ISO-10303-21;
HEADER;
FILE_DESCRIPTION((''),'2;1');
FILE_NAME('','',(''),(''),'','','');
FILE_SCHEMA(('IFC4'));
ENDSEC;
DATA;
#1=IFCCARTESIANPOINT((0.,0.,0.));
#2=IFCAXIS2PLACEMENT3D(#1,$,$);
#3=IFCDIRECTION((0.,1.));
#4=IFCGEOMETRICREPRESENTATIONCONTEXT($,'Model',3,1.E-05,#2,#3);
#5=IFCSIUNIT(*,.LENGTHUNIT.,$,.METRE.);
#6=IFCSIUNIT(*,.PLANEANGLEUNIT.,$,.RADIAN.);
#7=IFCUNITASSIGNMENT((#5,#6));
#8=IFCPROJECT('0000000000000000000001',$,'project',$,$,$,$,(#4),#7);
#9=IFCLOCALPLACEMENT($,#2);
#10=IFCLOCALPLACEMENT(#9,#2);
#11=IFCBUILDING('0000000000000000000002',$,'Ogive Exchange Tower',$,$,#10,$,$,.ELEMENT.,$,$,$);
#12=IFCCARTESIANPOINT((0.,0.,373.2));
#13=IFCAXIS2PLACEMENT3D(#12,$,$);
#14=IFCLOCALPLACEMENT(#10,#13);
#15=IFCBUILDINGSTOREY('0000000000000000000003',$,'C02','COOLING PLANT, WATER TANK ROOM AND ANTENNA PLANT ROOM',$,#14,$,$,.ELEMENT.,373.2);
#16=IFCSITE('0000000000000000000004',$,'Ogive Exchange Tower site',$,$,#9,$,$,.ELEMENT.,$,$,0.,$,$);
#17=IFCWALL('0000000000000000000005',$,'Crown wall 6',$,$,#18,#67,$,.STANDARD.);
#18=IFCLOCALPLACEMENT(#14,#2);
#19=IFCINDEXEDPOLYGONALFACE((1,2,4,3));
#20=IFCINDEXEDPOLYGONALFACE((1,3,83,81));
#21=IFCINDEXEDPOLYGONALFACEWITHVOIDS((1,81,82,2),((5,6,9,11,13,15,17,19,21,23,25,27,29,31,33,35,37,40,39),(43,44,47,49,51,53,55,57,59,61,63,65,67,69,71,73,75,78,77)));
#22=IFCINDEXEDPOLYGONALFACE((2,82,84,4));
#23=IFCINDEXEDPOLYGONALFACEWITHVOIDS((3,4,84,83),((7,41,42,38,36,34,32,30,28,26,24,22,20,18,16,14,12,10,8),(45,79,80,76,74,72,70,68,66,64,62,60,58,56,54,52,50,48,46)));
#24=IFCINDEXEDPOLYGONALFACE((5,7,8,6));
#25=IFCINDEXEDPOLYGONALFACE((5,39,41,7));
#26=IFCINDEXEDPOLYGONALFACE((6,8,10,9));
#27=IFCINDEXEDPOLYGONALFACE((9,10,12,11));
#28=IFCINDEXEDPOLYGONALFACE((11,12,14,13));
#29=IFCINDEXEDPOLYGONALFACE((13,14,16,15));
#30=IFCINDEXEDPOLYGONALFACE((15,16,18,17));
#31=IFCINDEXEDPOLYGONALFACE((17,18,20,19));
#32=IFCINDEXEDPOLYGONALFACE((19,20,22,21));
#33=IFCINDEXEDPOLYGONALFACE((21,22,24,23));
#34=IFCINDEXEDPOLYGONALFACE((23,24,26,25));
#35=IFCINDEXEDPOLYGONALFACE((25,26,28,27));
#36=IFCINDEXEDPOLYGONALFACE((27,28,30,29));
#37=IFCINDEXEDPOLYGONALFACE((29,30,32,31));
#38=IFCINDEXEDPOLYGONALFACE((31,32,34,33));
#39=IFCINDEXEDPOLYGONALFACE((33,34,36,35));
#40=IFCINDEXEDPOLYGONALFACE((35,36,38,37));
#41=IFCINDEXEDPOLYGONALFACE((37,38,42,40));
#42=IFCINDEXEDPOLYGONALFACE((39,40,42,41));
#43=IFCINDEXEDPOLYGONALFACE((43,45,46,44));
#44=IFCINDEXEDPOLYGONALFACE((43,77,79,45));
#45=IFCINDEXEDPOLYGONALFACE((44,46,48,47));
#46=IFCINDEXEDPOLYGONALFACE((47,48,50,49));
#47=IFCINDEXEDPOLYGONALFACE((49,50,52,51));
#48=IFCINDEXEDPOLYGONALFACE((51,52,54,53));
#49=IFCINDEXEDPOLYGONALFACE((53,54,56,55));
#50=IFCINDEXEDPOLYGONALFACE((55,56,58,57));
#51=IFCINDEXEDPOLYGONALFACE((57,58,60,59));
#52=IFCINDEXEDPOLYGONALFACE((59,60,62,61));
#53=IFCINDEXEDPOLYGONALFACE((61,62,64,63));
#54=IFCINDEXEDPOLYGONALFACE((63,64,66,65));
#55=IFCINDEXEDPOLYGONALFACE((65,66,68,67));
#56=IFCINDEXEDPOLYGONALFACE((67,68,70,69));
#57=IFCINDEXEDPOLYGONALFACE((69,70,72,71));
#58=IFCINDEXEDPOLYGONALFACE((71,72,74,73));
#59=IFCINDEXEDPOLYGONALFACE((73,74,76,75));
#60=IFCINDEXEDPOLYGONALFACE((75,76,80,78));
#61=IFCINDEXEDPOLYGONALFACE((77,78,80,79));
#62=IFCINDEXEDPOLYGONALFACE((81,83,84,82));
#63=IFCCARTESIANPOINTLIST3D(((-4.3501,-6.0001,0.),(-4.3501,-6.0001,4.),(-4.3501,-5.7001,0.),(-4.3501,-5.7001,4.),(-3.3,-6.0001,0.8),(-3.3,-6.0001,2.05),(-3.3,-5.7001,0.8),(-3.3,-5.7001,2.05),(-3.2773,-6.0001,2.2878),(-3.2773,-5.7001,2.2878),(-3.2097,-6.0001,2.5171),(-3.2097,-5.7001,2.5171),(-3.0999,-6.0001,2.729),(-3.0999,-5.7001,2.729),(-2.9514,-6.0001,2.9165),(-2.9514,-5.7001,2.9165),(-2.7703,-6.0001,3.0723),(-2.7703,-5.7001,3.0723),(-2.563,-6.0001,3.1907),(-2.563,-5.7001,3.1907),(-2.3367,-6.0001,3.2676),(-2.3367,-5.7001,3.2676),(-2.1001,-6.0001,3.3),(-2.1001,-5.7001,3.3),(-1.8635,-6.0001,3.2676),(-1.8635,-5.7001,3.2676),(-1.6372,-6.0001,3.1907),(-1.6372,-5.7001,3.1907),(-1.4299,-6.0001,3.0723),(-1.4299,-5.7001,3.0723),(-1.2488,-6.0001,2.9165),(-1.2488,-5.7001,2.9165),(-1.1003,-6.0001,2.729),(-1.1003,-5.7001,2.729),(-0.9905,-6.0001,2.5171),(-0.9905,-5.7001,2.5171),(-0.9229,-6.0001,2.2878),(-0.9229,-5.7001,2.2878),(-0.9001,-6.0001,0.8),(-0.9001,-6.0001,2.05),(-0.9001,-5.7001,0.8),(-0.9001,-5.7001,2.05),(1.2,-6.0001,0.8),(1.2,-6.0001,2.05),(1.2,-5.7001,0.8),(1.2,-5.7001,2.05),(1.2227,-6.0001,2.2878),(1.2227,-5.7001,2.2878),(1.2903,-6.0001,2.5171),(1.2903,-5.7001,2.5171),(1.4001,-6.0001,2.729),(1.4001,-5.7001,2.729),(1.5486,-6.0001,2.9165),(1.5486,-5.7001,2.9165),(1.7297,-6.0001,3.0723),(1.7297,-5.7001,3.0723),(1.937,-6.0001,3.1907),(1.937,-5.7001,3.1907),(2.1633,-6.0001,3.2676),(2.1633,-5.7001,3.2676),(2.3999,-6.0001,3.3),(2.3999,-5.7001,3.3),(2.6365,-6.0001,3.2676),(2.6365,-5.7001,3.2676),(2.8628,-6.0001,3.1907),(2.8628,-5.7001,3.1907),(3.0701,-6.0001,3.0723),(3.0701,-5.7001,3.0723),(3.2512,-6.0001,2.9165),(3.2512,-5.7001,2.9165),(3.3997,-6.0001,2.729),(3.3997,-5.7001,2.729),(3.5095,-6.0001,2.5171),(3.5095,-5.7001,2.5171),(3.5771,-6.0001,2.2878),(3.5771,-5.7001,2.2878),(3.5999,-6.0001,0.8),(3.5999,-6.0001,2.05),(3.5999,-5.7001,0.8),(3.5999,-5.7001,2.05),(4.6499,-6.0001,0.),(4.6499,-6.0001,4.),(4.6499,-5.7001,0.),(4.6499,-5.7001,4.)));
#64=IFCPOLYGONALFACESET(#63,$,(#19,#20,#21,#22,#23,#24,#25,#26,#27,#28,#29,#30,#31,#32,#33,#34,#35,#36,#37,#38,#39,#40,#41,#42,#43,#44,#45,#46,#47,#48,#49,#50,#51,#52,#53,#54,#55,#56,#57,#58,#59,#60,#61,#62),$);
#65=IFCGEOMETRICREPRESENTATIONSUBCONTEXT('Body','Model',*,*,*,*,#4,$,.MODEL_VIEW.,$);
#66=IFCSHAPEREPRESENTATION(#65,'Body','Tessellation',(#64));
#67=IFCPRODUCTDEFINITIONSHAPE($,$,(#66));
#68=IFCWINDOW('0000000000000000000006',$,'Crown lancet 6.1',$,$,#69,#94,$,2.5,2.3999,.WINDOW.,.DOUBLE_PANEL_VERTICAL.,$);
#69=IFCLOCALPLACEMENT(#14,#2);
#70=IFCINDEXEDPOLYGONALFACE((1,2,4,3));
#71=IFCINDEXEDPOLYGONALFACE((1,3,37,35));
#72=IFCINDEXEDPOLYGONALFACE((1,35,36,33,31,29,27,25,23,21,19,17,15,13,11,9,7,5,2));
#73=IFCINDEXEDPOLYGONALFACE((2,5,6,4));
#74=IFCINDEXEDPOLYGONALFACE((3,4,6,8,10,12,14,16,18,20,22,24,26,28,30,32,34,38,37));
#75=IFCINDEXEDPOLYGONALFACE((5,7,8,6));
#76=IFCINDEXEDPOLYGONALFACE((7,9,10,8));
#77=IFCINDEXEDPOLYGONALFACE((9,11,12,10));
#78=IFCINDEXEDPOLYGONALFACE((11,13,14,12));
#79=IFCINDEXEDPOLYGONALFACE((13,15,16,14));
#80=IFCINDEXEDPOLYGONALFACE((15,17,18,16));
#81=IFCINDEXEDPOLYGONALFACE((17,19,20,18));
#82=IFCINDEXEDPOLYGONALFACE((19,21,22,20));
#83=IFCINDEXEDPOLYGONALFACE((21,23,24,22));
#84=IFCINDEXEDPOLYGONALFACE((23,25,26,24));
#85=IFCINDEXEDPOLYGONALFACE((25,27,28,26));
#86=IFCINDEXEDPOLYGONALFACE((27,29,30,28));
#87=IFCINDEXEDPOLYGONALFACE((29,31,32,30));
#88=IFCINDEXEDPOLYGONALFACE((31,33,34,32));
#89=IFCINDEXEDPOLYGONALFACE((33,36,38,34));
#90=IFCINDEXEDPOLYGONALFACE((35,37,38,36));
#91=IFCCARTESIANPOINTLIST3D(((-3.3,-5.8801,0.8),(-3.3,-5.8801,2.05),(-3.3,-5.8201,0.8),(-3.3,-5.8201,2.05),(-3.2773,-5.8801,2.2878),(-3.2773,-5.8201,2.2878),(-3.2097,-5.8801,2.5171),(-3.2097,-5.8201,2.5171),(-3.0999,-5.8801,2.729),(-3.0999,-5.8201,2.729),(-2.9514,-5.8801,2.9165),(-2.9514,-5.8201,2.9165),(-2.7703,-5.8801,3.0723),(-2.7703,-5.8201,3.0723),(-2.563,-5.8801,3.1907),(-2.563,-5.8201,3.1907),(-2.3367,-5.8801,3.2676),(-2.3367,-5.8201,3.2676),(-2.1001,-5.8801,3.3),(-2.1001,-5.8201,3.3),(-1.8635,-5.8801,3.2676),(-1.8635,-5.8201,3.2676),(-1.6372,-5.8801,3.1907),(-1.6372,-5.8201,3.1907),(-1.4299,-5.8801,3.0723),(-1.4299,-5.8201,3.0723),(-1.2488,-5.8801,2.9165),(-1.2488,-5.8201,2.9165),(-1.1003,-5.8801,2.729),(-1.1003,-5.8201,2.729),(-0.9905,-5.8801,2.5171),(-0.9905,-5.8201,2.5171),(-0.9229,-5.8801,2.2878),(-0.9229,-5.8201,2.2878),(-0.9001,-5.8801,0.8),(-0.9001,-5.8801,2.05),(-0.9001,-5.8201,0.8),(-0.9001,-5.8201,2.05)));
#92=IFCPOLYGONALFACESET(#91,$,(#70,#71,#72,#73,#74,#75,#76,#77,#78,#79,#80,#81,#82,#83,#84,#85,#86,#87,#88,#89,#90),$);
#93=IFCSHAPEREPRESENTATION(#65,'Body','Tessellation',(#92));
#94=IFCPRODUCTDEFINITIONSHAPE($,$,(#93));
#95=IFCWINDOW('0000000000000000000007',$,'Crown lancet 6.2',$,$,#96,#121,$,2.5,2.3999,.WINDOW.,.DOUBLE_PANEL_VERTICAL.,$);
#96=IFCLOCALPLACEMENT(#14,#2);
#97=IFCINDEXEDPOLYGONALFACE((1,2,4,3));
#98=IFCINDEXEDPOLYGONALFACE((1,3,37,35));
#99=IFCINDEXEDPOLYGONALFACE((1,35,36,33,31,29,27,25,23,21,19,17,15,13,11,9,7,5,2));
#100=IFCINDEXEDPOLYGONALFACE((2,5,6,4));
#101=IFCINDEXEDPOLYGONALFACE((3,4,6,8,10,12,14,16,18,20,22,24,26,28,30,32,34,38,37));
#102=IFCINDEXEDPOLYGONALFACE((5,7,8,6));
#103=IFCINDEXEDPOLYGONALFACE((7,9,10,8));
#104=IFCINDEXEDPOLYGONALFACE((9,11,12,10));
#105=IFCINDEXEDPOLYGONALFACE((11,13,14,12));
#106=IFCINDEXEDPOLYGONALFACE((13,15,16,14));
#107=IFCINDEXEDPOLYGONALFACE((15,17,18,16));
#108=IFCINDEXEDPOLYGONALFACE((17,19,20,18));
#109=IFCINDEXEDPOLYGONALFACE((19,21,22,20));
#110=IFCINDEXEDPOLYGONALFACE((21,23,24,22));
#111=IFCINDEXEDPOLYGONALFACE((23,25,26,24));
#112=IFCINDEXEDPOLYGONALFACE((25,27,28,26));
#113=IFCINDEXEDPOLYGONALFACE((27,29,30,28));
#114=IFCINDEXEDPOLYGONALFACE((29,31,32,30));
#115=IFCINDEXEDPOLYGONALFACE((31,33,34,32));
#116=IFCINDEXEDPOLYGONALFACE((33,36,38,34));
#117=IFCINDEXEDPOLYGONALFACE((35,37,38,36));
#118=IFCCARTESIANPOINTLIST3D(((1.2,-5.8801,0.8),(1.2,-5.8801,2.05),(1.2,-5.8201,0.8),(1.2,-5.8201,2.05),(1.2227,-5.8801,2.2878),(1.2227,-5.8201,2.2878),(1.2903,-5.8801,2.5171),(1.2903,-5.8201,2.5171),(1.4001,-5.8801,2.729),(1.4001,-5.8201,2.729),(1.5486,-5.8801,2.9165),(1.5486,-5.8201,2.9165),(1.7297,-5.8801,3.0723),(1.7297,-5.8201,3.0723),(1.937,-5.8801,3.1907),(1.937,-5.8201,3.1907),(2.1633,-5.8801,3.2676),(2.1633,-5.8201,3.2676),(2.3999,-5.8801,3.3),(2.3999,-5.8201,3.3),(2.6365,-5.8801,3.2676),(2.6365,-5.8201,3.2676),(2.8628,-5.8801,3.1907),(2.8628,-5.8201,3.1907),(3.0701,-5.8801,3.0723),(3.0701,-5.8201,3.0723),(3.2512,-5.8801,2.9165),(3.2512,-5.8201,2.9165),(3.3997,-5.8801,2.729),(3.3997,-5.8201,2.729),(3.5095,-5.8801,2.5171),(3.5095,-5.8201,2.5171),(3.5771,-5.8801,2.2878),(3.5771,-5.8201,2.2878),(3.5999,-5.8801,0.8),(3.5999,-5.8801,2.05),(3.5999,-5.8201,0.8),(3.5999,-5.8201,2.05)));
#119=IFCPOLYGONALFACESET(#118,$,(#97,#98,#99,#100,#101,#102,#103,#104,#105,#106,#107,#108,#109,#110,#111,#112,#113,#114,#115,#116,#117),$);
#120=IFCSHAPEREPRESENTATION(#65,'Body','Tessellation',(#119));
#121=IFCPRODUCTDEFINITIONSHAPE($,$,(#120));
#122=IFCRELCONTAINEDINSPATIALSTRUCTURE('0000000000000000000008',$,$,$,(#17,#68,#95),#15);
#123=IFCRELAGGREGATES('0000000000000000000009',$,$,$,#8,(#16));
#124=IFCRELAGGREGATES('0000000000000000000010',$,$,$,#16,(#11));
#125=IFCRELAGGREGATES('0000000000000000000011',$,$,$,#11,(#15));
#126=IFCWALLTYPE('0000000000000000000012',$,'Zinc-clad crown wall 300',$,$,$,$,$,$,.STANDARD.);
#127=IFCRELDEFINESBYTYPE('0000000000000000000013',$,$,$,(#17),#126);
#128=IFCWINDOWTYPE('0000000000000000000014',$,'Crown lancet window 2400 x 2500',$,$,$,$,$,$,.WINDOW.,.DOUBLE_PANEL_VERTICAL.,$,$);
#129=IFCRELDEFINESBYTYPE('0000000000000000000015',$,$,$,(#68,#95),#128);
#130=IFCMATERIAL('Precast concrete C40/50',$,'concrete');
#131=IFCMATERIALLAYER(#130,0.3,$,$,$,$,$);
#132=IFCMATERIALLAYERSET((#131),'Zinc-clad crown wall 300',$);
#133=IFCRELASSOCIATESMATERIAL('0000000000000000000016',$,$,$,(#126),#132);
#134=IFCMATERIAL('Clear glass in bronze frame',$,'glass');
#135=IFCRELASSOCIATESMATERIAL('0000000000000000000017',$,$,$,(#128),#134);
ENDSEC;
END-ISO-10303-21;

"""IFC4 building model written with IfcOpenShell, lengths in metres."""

from ifc_helpers import new_model, si_unit, direction, frame, frame_2d, origin, place, context, subcontext, project, spatial, polyline, rectangle, outline, extrude, material, layer, layer_set, type_object, element, fill, save


model = new_model("IFC4")

# Units and contexts
model_context = context("Model", 3, precision=1e-05, world=origin(), true_north=direction((0.0, 1.0)))
body_context = subcontext(model_context, "Body", "Model", "MODEL_VIEW")
ifc_project = project(units=[si_unit("LENGTHUNIT", "METRE"), si_unit("PLANEANGLEUNIT", "RADIAN")], contexts=[model_context])

# Site, building, storey
site_placement = place(None, origin())
site = spatial("IfcSite", under=ifc_project, at=site_placement, Name="Ogive Exchange Tower site", CompositionType="ELEMENT", RefElevation=0.0)
building_placement = place(site_placement, origin())
building = spatial("IfcBuilding", under=site, at=building_placement, Name="Ogive Exchange Tower", CompositionType="ELEMENT")
storey_placement = place(building_placement, frame((0.0, 0.0, 373.2)))
storey = spatial("IfcBuildingStorey", under=building, at=storey_placement, Name="C02", Description="COOLING PLANT, WATER TANK ROOM AND ANTENNA PLANT ROOM", CompositionType="ELEMENT", Elevation=373.2)

# Wall, openings, windows
ifc_material_1 = material(Name="Precast concrete C40/50", Category="concrete")
ifc_layer_1 = layer(ifc_material_1, 0.3)
ifc_layer_set_1 = layer_set([ifc_layer_1], Name="Zinc-clad crown wall 300")
wall_type_1 = type_object("IfcWallType", Name="Zinc-clad crown wall 300", PredefinedType="STANDARD", material=ifc_layer_set_1)
ifc_material_2 = material(Name="Clear glass in bronze frame", Category="glass")
window_type = type_object("IfcWindowType", Name="Crown lancet window 2400 x 2500", PartitioningType="DOUBLE_PANEL_VERTICAL", PredefinedType="WINDOW", material=ifc_material_2)
wall_1_placement = place(storey_placement, frame((-4.3501, -5.8501, 0.0), z_axis=(0.0, 0.0, 1.0), x_axis=(1.0, 0.0, 0.0)))
wall_1 = element("IfcWall", 1, at=wall_1_placement, inside=storey, type_object=wall_type_1, Name="Crown wall 6", PredefinedType="STANDARD", context=body_context, shape_type="SweptSolid", body=[
    extrude(rectangle(XDim=9.0, YDim=0.3, at=frame_2d((4.5, 0.0))), origin(), (0.0, 0.0, 1.0), 4.0),
])
opening_1_placement = place(wall_1_placement, frame((1.05, 0.0, 0.8)))
opening_1 = element("IfcOpeningElement", 2, at=opening_1_placement, cuts=wall_1, PredefinedType="OPENING", context=body_context, shape_type="SweptSolid", body=[
    extrude(outline(polyline([(0.0, 0.0), (2.3999, 0.0), (2.3999, 1.25), (2.3772, 1.4878), (2.3096, 1.717), (2.1997, 1.929), (2.0513, 2.1165), (1.8701, 2.2722), (1.6628, 2.3906), (1.4365, 2.4675), (1.2, 2.5), (0.9634, 2.4675), (0.7371, 2.3906), (0.5298, 2.2722), (0.3486, 2.1165), (0.2002, 1.929), (0.0903, 1.717), (0.0227, 1.4878), (0.0, 1.25), (0.0, 0.0)])), frame((0.0, 0.1599, 0.0), z_axis=(0.0, -1.0, 0.0), x_axis=(1.0, 0.0, 0.0)), (0.0, 0.0, 1.0), 0.3201),
])
opening_2_placement = place(wall_1_placement, frame((5.55, 0.0, 0.8)))
opening_2 = element("IfcOpeningElement", 3, at=opening_2_placement, cuts=wall_1, PredefinedType="OPENING", context=body_context, shape_type="SweptSolid", body=[
    extrude(outline(polyline([(0.0, 0.0), (2.3999, 0.0), (2.3999, 1.25), (2.3772, 1.4878), (2.3096, 1.717), (2.1997, 1.929), (2.0513, 2.1165), (1.8701, 2.2722), (1.6628, 2.3906), (1.4365, 2.4675), (1.2, 2.5), (0.9634, 2.4675), (0.7371, 2.3906), (0.5298, 2.2722), (0.3486, 2.1165), (0.2002, 1.929), (0.0903, 1.717), (0.0227, 1.4878), (0.0, 1.25), (0.0, 0.0)])), frame((0.0, 0.1599, 0.0), z_axis=(0.0, -1.0, 0.0), x_axis=(1.0, 0.0, 0.0)), (0.0, 0.0, 1.0), 0.3201),
])
window_1_placement = place(opening_1_placement, origin())
window_1 = element("IfcWindow", 4, at=window_1_placement, inside=storey, type_object=window_type, Name="Crown lancet 6.1", OverallHeight=2.5, OverallWidth=2.3999, PartitioningType="DOUBLE_PANEL_VERTICAL", PredefinedType="WINDOW", context=body_context, shape_type="SweptSolid", body=[
    extrude(outline(polyline([(0.0, 0.0), (2.3999, 0.0), (2.3999, 1.25), (2.3772, 1.4878), (2.3096, 1.717), (2.1997, 1.929), (2.0513, 2.1165), (1.8701, 2.2722), (1.6628, 2.3906), (1.4365, 2.4675), (1.2, 2.5), (0.9634, 2.4675), (0.7371, 2.3906), (0.5298, 2.2722), (0.3486, 2.1165), (0.2002, 1.929), (0.0903, 1.717), (0.0227, 1.4878), (0.0, 1.25), (0.0, 0.0)])), frame((0.0, 0.03, 0.0), z_axis=(0.0, -1.0, 0.0), x_axis=(1.0, 0.0, 0.0)), (0.0, 0.0, 1.0), 0.0601),
])
fill(opening_1, window_1)
window_2_placement = place(opening_2_placement, origin())
window_2 = element("IfcWindow", 5, at=window_2_placement, inside=storey, type_object=window_type, Name="Crown lancet 6.2", OverallHeight=2.5, OverallWidth=2.3999, PartitioningType="DOUBLE_PANEL_VERTICAL", PredefinedType="WINDOW", context=body_context, shape_type="SweptSolid", body=[
    extrude(outline(polyline([(0.0, 0.0), (2.3999, 0.0), (2.3999, 1.25), (2.3772, 1.4878), (2.3096, 1.717), (2.1997, 1.929), (2.0513, 2.1165), (1.8701, 2.2722), (1.6628, 2.3906), (1.4365, 2.4675), (1.2, 2.5), (0.9634, 2.4675), (0.7371, 2.3906), (0.5298, 2.2722), (0.3486, 2.1165), (0.2002, 1.929), (0.0903, 1.717), (0.0227, 1.4878), (0.0, 1.25), (0.0, 0.0)])), frame((0.0, 0.03, 0.0), z_axis=(0.0, -1.0, 0.0), x_axis=(1.0, 0.0, 0.0)), (0.0, 0.0, 1.0), 0.0601),
])
fill(opening_2, window_2)

save(model, "model.ifc")
